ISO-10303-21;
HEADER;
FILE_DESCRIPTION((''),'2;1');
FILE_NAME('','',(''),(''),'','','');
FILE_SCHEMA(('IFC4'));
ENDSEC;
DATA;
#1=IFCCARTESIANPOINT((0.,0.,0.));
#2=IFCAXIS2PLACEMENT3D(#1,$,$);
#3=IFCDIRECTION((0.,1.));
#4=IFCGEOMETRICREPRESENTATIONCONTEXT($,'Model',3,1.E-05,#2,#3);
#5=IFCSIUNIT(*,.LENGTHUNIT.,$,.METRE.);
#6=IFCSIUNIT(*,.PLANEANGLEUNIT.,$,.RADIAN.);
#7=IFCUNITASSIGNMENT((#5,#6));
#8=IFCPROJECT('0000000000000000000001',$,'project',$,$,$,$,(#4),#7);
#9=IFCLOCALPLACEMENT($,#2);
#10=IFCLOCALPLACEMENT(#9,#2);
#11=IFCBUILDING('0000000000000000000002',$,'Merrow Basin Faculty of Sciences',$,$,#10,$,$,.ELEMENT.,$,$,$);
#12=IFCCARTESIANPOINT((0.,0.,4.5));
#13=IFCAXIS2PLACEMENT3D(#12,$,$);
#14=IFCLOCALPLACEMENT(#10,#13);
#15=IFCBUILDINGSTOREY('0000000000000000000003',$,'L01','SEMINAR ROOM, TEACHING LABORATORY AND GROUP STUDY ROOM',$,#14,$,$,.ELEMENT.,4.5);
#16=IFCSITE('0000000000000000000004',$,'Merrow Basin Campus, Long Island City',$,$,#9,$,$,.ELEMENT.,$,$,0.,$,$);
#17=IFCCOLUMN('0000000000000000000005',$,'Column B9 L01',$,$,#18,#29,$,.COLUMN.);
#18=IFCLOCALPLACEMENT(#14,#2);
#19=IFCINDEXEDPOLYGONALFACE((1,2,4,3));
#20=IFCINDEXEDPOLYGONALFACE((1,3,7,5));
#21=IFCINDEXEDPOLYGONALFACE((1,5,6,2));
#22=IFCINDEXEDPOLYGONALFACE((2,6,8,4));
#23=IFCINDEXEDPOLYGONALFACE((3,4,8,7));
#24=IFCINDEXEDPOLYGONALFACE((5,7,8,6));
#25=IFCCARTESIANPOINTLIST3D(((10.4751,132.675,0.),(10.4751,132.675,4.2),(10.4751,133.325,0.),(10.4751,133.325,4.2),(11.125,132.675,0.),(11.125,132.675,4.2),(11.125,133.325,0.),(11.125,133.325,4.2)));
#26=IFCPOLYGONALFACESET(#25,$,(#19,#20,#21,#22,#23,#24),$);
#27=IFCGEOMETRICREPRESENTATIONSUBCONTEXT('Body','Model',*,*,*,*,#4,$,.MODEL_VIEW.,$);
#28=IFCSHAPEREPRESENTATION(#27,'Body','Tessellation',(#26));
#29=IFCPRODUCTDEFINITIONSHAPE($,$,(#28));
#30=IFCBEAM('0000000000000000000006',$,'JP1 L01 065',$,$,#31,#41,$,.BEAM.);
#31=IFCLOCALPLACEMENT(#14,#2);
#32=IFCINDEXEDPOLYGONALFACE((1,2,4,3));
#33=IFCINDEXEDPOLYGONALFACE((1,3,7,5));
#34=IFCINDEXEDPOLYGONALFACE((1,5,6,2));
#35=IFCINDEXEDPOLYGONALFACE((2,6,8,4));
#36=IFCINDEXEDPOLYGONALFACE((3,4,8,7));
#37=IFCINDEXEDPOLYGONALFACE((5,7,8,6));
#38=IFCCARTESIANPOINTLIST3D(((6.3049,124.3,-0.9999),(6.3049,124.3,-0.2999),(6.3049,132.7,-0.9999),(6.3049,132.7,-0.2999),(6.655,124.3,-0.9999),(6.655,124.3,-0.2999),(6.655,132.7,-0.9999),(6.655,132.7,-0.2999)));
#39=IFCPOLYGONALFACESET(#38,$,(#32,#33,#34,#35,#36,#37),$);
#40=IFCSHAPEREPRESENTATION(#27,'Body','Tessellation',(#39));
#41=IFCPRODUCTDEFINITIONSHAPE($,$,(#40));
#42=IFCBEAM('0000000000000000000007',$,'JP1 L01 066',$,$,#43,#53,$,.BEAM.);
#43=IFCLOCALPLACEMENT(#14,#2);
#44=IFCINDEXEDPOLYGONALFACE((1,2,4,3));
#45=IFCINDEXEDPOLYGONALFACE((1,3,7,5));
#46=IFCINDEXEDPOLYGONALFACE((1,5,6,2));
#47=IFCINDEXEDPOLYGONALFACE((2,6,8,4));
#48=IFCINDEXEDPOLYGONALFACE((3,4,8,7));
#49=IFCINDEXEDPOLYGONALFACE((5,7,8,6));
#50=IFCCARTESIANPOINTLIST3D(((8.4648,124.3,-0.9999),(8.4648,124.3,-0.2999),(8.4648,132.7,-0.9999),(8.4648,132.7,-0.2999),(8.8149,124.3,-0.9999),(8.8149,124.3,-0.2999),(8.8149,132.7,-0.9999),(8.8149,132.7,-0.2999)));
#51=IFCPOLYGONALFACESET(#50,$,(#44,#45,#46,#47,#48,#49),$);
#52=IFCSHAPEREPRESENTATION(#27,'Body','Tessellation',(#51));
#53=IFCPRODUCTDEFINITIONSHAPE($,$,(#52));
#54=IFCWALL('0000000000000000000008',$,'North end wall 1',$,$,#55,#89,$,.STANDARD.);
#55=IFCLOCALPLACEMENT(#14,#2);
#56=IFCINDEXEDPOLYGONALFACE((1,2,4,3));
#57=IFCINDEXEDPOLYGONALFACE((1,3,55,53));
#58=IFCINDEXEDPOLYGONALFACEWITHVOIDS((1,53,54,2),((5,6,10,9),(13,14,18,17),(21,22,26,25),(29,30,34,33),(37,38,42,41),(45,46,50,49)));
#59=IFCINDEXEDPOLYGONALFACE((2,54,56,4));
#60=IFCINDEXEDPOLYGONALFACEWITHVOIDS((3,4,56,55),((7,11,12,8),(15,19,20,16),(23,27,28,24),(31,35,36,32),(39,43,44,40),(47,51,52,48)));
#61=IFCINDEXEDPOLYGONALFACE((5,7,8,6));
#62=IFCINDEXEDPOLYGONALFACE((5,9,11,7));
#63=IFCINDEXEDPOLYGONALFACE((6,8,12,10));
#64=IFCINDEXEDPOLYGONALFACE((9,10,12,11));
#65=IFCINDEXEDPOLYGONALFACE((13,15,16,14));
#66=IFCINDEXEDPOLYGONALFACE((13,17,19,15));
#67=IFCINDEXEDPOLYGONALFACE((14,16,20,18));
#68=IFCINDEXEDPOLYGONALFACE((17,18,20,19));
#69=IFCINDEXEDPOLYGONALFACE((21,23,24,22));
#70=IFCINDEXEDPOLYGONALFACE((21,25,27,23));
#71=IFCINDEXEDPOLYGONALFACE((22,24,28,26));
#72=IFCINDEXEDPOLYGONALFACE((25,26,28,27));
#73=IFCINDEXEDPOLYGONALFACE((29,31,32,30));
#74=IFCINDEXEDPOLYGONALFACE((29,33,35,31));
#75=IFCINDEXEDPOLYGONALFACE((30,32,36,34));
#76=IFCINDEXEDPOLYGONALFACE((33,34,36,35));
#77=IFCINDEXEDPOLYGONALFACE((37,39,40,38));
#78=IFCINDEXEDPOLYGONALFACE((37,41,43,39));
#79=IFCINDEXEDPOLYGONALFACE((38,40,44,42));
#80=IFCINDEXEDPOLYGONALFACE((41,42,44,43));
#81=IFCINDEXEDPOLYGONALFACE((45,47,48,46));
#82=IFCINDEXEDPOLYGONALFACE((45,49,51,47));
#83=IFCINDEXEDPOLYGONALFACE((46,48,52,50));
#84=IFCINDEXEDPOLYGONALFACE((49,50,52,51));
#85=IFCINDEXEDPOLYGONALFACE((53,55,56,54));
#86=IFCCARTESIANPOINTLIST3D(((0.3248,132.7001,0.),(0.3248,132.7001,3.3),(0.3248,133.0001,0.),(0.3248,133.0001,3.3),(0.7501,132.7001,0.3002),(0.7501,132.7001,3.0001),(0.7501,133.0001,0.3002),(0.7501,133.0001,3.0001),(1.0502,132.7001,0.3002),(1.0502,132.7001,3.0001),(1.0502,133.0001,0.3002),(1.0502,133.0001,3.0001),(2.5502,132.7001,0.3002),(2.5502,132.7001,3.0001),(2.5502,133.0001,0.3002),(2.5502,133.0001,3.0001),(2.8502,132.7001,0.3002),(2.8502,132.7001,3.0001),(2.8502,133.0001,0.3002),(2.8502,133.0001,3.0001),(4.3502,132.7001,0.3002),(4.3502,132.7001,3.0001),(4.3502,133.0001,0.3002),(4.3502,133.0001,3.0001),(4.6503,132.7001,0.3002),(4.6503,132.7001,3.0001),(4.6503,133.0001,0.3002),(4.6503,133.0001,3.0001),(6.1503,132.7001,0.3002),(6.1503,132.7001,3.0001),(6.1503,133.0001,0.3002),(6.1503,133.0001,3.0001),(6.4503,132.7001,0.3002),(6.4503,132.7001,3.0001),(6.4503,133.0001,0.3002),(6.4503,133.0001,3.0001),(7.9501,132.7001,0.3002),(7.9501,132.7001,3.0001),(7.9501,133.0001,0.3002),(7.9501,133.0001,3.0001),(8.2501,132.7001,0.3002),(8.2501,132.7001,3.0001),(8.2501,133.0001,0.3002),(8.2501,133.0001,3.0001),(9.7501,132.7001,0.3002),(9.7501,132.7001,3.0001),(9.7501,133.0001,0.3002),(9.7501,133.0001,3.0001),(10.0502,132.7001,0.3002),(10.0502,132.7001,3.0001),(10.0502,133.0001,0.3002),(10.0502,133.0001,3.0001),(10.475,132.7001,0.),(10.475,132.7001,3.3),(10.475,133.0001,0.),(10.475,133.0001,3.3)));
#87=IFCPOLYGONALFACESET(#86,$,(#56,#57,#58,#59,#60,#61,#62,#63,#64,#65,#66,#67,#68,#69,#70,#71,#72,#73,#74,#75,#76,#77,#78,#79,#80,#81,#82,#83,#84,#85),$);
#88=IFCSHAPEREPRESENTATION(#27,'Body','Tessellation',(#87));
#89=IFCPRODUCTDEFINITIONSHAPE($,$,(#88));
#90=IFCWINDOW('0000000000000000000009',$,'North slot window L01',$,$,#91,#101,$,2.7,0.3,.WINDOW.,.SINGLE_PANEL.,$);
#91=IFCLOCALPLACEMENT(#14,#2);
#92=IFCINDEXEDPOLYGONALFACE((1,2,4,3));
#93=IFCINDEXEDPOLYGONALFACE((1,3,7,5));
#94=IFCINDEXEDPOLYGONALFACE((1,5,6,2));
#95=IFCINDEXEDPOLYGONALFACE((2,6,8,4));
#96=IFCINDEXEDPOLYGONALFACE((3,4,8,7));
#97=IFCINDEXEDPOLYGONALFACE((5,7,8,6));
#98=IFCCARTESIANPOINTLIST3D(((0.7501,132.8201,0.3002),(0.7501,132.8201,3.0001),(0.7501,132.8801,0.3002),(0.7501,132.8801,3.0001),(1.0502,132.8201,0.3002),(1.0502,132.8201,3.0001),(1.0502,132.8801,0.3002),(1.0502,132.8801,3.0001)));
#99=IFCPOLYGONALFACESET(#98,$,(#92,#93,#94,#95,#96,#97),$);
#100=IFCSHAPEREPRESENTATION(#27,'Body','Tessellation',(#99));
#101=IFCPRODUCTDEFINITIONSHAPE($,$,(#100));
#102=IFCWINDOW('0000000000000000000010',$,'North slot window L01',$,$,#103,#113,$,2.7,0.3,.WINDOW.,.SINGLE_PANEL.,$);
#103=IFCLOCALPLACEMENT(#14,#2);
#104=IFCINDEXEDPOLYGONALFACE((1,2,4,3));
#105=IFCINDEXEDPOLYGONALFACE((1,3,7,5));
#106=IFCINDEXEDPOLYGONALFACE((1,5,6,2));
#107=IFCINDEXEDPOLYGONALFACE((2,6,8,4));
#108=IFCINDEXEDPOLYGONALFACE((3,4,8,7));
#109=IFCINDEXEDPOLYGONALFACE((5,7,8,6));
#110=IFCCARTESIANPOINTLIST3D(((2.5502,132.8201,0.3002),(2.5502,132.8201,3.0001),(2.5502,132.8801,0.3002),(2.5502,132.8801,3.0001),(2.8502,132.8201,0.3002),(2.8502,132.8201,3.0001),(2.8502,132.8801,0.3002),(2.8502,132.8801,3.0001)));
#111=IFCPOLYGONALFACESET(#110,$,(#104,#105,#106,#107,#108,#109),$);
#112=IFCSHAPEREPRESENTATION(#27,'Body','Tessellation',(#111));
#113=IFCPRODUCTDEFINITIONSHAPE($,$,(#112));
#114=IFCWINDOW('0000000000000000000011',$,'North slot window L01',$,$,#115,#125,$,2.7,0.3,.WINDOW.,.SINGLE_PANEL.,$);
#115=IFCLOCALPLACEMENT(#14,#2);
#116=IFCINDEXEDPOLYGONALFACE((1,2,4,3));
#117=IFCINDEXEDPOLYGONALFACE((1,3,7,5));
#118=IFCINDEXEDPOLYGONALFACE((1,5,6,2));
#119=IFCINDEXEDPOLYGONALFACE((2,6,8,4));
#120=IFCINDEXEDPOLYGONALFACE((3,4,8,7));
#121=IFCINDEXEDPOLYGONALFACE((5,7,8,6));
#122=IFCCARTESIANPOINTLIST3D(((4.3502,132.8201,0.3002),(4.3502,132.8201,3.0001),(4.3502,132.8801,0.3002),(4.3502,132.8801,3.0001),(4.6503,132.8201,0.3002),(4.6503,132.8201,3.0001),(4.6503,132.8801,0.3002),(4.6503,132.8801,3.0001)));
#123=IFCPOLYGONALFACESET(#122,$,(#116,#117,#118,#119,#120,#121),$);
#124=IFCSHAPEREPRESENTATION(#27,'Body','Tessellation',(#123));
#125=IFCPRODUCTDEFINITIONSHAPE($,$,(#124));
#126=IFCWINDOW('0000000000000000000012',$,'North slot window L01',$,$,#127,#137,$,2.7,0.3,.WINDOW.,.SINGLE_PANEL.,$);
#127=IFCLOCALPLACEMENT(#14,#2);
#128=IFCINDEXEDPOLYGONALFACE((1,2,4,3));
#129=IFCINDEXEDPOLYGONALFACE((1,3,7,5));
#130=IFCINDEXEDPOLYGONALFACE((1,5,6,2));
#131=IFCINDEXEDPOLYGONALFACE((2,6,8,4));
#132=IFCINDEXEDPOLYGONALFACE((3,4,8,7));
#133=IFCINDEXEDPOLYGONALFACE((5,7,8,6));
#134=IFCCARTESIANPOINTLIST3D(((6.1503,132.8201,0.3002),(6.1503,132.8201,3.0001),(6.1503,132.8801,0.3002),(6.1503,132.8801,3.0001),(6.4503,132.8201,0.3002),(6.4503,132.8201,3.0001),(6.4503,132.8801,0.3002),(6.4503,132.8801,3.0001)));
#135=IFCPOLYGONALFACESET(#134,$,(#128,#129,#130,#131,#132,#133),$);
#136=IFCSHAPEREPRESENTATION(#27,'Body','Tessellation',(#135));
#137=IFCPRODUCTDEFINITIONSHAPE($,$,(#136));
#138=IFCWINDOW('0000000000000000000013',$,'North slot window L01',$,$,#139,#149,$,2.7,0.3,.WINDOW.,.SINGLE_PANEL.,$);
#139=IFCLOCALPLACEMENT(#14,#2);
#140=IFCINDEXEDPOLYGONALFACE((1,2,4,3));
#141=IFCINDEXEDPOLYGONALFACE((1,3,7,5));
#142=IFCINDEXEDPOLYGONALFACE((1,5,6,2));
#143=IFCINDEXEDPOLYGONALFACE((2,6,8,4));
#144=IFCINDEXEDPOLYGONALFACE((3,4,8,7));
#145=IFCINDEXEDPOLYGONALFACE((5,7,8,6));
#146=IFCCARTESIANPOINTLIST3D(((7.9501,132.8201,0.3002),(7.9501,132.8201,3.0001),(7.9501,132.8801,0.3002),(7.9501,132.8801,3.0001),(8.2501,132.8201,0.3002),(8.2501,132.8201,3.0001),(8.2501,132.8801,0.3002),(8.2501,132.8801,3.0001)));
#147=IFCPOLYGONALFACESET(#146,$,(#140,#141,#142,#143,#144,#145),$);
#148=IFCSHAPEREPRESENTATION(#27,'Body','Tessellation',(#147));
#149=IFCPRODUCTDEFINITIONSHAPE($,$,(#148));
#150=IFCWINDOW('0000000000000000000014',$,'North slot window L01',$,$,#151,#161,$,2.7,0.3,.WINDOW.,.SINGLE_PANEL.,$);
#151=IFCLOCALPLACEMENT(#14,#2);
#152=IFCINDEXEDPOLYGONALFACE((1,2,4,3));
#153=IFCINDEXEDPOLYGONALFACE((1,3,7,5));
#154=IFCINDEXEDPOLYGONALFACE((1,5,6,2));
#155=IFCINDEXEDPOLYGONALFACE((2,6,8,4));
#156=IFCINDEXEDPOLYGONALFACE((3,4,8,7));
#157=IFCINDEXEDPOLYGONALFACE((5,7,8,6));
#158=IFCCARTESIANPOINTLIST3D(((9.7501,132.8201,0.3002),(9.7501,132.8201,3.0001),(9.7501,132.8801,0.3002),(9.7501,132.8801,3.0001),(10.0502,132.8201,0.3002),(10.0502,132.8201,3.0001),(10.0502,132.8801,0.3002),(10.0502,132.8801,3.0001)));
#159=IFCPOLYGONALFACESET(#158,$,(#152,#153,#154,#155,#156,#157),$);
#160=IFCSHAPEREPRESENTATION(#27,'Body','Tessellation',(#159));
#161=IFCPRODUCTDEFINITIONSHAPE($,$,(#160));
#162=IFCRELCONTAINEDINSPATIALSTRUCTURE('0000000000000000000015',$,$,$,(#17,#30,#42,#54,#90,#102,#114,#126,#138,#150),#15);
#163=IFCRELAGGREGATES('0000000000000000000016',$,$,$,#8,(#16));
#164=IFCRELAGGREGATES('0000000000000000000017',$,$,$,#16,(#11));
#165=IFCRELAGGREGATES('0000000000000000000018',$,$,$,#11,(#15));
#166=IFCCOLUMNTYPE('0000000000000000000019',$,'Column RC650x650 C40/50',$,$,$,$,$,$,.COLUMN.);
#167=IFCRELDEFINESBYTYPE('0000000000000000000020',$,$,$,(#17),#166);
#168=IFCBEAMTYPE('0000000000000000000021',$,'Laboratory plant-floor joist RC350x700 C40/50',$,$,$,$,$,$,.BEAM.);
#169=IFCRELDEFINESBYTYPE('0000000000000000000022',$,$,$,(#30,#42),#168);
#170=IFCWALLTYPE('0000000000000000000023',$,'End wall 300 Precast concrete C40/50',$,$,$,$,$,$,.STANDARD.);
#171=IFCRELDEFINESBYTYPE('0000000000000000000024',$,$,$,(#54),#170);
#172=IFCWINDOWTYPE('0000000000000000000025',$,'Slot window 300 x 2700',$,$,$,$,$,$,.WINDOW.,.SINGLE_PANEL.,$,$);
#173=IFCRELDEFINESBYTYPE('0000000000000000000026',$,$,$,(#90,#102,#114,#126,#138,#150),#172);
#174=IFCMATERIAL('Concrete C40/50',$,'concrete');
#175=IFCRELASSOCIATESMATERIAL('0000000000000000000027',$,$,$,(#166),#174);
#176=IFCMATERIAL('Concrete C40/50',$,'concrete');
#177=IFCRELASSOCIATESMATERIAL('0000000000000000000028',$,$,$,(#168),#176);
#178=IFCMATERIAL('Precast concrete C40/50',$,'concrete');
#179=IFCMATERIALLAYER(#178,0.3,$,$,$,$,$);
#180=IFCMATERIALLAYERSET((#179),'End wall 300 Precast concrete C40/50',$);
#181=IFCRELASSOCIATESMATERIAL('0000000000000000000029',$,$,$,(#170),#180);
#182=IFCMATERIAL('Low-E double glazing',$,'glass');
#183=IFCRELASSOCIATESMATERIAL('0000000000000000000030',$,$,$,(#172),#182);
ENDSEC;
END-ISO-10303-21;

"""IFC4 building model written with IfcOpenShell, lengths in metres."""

from ifc_helpers import new_model, si_unit, direction, frame, frame_2d, origin, origin_2d, place, context, subcontext, project, spatial, rectangle, extrude, material, layer, layer_set, material_profile, profile_set, type_object, element, fill, save


model = new_model("IFC4")

# Units and contexts
model_context = context("Model", 3, precision=1e-05, world=origin(), true_north=direction((0.0, 1.0)))
body_context = subcontext(model_context, "Body", "Model", "MODEL_VIEW")
ifc_project = project(units=[si_unit("LENGTHUNIT", "METRE"), si_unit("PLANEANGLEUNIT", "RADIAN")], contexts=[model_context])

# Site, building, storey
site_placement = place(None, origin())
site = spatial("IfcSite", under=ifc_project, at=site_placement, Name="Merrow Basin Campus, Long Island City", CompositionType="ELEMENT", RefElevation=0.0)
building_placement = place(site_placement, origin())
building = spatial("IfcBuilding", under=site, at=building_placement, Name="Merrow Basin Faculty of Sciences", CompositionType="ELEMENT")
storey_placement = place(building_placement, frame((0.0, 0.0, 4.5)))
storey = spatial("IfcBuildingStorey", under=building, at=storey_placement, Name="L01", Description="SEMINAR ROOM, TEACHING LABORATORY AND GROUP STUDY ROOM", CompositionType="ELEMENT", Elevation=4.5)

# Column
ifc_material_1 = material(Name="Concrete C40/50", Category="concrete")
ifc_material_profile_1 = material_profile(ifc_material_1, rectangle(XDim=0.6499, YDim=0.6499, at=origin_2d()))
ifc_profile_set_1 = profile_set([ifc_material_profile_1], Name="Concrete C40/50")
column_type = type_object("IfcColumnType", Name="Column RC650x650 C40/50", PredefinedType="COLUMN", material=ifc_profile_set_1)
column_placement = place(storey_placement, frame((10.8, 133.0, 0.0), z_axis=(0.0, 0.0, 1.0), x_axis=(1.0, 0.0, 0.0)))
element("IfcColumn", 1, at=column_placement, inside=storey, type_object=column_type, Name="Column B9 L01", PredefinedType="COLUMN", context=body_context, shape_type="SweptSolid", body=[
    extrude(rectangle(XDim=0.6499, YDim=0.6499, at=origin_2d()), origin(), (0.0, 0.0, 1.0), 4.2),
])

# Beams
ifc_material_2 = material(Name="Concrete C40/50", Category="concrete")
ifc_material_profile_2 = material_profile(ifc_material_2, rectangle(XDim=0.3501, YDim=0.7, at=origin_2d()))
ifc_profile_set_2 = profile_set([ifc_material_profile_2], Name="Concrete C40/50")
beam_type = type_object("IfcBeamType", Name="Laboratory plant-floor joist RC350x700 C40/50", PredefinedType="BEAM", material=ifc_profile_set_2)
for number, where, z_axis, x_axis, name in (
    (2, (6.48, 124.3, -0.6499), (0.0, 1.0, 0.0), (-1.0, 0.0, 0.0), "JP1 L01 065"),
    (3, (8.6399, 124.3, -0.6499), (0.0, 1.0, 0.0), (-1.0, 0.0, 0.0), "JP1 L01 066"),
):
    element("IfcBeam", number, at=place(storey_placement, frame(where, z_axis=z_axis, x_axis=x_axis)), inside=storey, type_object=beam_type, Name=name, PredefinedType="BEAM", context=body_context, shape_type="SweptSolid", body=[
        extrude(rectangle(XDim=0.3501, YDim=0.7, at=origin_2d()), origin(), (0.0, 0.0, 1.0), 8.3999),
    ])

# Wall, openings, windows
ifc_material_3 = material(Name="Precast concrete C40/50", Category="concrete")
ifc_layer_1 = layer(ifc_material_3, 0.3)
ifc_layer_set_1 = layer_set([ifc_layer_1], Name="End wall 300 Precast concrete C40/50")
wall_type_1 = type_object("IfcWallType", Name="End wall 300 Precast concrete C40/50", PredefinedType="STANDARD", material=ifc_layer_set_1)
wall_1_placement = place(storey_placement, frame((10.4751, 132.8501, 0.0), z_axis=(0.0, 0.0, 1.0), x_axis=(-1.0, 0.0, 0.0)))
wall_1 = element("IfcWall", 4, at=wall_1_placement, inside=storey, type_object=wall_type_1, Name="North end wall 1", PredefinedType="STANDARD", context=body_context, shape_type="SweptSolid", body=[
    extrude(rectangle(XDim=10.1501, YDim=0.3, at=frame_2d((5.0752, 0.0))), origin(), (0.0, 0.0, 1.0), 3.3),
])
opening_1_placement = place(wall_1_placement, frame((9.425, 0.0, 0.3)))
opening_1 = element("IfcOpeningElement", 5, at=opening_1_placement, cuts=wall_1, PredefinedType="OPENING", context=body_context, shape_type="SweptSolid", body=[
    extrude(rectangle(XDim=0.3, YDim=2.7, at=frame_2d((0.1499, 1.3501))), frame((0.0, 0.1599, 0.0), z_axis=(0.0, -1.0, 0.0), x_axis=(1.0, 0.0, 0.0)), (0.0, 0.0, 1.0), 0.3201),
])
opening_2_placement = place(wall_1_placement, frame((7.625, 0.0, 0.3)))
opening_2 = element("IfcOpeningElement", 6, at=opening_2_placement, cuts=wall_1, PredefinedType="OPENING", context=body_context, shape_type="SweptSolid", body=[
    extrude(rectangle(XDim=0.3, YDim=2.7, at=frame_2d((0.1499, 1.3501))), frame((0.0, 0.1599, 0.0), z_axis=(0.0, -1.0, 0.0), x_axis=(1.0, 0.0, 0.0)), (0.0, 0.0, 1.0), 0.3201),
])
opening_3_placement = place(wall_1_placement, frame((5.825, 0.0, 0.3)))
opening_3 = element("IfcOpeningElement", 7, at=opening_3_placement, cuts=wall_1, PredefinedType="OPENING", context=body_context, shape_type="SweptSolid", body=[
    extrude(rectangle(XDim=0.3, YDim=2.7, at=frame_2d((0.1499, 1.3501))), frame((0.0, 0.1599, 0.0), z_axis=(0.0, -1.0, 0.0), x_axis=(1.0, 0.0, 0.0)), (0.0, 0.0, 1.0), 0.3201),
])
opening_4_placement = place(wall_1_placement, frame((4.0249, 0.0, 0.3)))
opening_4 = element("IfcOpeningElement", 8, at=opening_4_placement, cuts=wall_1, PredefinedType="OPENING", context=body_context, shape_type="SweptSolid", body=[
    extrude(rectangle(XDim=0.3, YDim=2.7, at=frame_2d((0.1499, 1.3501))), frame((0.0, 0.1599, 0.0), z_axis=(0.0, -1.0, 0.0), x_axis=(1.0, 0.0, 0.0)), (0.0, 0.0, 1.0), 0.3201),
])
opening_5_placement = place(wall_1_placement, frame((2.2251, 0.0, 0.3)))
opening_5 = element("IfcOpeningElement", 9, at=opening_5_placement, cuts=wall_1, PredefinedType="OPENING", context=body_context, shape_type="SweptSolid", body=[
    extrude(rectangle(XDim=0.3, YDim=2.7, at=frame_2d((0.1499, 1.3501))), frame((0.0, 0.1599, 0.0), z_axis=(0.0, -1.0, 0.0), x_axis=(1.0, 0.0, 0.0)), (0.0, 0.0, 1.0), 0.3201),
])
opening_6_placement = place(wall_1_placement, frame((0.425, 0.0, 0.3)))
opening_6 = element("IfcOpeningElement", 10, at=opening_6_placement, cuts=wall_1, PredefinedType="OPENING", context=body_context, shape_type="SweptSolid", body=[
    extrude(rectangle(XDim=0.3, YDim=2.7, at=frame_2d((0.1499, 1.3501))), frame((0.0, 0.1599, 0.0), z_axis=(0.0, -1.0, 0.0), x_axis=(1.0, 0.0, 0.0)), (0.0, 0.0, 1.0), 0.3201),
])
ifc_material_4 = material(Name="Low-E double glazing", Category="glass")
window_type = type_object("IfcWindowType", Name="Slot window 300 x 2700", PartitioningType="SINGLE_PANEL", PredefinedType="WINDOW", material=ifc_material_4)
window_1_placement = place(opening_1_placement, origin())
window_1 = element("IfcWindow", 11, at=window_1_placement, inside=storey, type_object=window_type, Name="North slot window L01", OverallHeight=2.7, OverallWidth=0.3, PartitioningType="SINGLE_PANEL", PredefinedType="WINDOW", context=body_context, shape_type="SweptSolid", body=[
    extrude(rectangle(XDim=0.3, YDim=2.7, at=frame_2d((0.1499, 1.3501))), frame((0.0, 0.03, 0.0), z_axis=(0.0, -1.0, 0.0), x_axis=(1.0, 0.0, 0.0)), (0.0, 0.0, 1.0), 0.0601),
])
fill(opening_1, window_1)
window_2_placement = place(opening_2_placement, origin())
window_2 = element("IfcWindow", 12, at=window_2_placement, inside=storey, type_object=window_type, Name="North slot window L01", OverallHeight=2.7, OverallWidth=0.3, PartitioningType="SINGLE_PANEL", PredefinedType="WINDOW", context=body_context, shape_type="SweptSolid", body=[
    extrude(rectangle(XDim=0.3, YDim=2.7, at=frame_2d((0.1499, 1.3501))), frame((0.0, 0.03, 0.0), z_axis=(0.0, -1.0, 0.0), x_axis=(1.0, 0.0, 0.0)), (0.0, 0.0, 1.0), 0.0601),
])
fill(opening_2, window_2)
window_3_placement = place(opening_3_placement, origin())
window_3 = element("IfcWindow", 13, at=window_3_placement, inside=storey, type_object=window_type, Name="North slot window L01", OverallHeight=2.7, OverallWidth=0.3, PartitioningType="SINGLE_PANEL", PredefinedType="WINDOW", context=body_context, shape_type="SweptSolid", body=[
    extrude(rectangle(XDim=0.3, YDim=2.7, at=frame_2d((0.1499, 1.3501))), frame((0.0, 0.03, 0.0), z_axis=(0.0, -1.0, 0.0), x_axis=(1.0, 0.0, 0.0)), (0.0, 0.0, 1.0), 0.0601),
])
fill(opening_3, window_3)
window_4_placement = place(opening_4_placement, origin())
window_4 = element("IfcWindow", 14, at=window_4_placement, inside=storey, type_object=window_type, Name="North slot window L01", OverallHeight=2.7, OverallWidth=0.3, PartitioningType="SINGLE_PANEL", PredefinedType="WINDOW", context=body_context, shape_type="SweptSolid", body=[
    extrude(rectangle(XDim=0.3, YDim=2.7, at=frame_2d((0.1499, 1.3501))), frame((0.0, 0.03, 0.0), z_axis=(0.0, -1.0, 0.0), x_axis=(1.0, 0.0, 0.0)), (0.0, 0.0, 1.0), 0.0601),
])
fill(opening_4, window_4)
window_5_placement = place(opening_5_placement, origin())
window_5 = element("IfcWindow", 15, at=window_5_placement, inside=storey, type_object=window_type, Name="North slot window L01", OverallHeight=2.7, OverallWidth=0.3, PartitioningType="SINGLE_PANEL", PredefinedType="WINDOW", context=body_context, shape_type="SweptSolid", body=[
    extrude(rectangle(XDim=0.3, YDim=2.7, at=frame_2d((0.1499, 1.3501))), frame((0.0, 0.03, 0.0), z_axis=(0.0, -1.0, 0.0), x_axis=(1.0, 0.0, 0.0)), (0.0, 0.0, 1.0), 0.0601),
])
fill(opening_5, window_5)
window_6_placement = place(opening_6_placement, origin())
window_6 = element("IfcWindow", 16, at=window_6_placement, inside=storey, type_object=window_type, Name="North slot window L01", OverallHeight=2.7, OverallWidth=0.3, PartitioningType="SINGLE_PANEL", PredefinedType="WINDOW", context=body_context, shape_type="SweptSolid", body=[
    extrude(rectangle(XDim=0.3, YDim=2.7, at=frame_2d((0.1499, 1.3501))), frame((0.0, 0.03, 0.0), z_axis=(0.0, -1.0, 0.0), x_axis=(1.0, 0.0, 0.0)), (0.0, 0.0, 1.0), 0.0601),
])
fill(opening_6, window_6)

save(model, "model.ifc")
